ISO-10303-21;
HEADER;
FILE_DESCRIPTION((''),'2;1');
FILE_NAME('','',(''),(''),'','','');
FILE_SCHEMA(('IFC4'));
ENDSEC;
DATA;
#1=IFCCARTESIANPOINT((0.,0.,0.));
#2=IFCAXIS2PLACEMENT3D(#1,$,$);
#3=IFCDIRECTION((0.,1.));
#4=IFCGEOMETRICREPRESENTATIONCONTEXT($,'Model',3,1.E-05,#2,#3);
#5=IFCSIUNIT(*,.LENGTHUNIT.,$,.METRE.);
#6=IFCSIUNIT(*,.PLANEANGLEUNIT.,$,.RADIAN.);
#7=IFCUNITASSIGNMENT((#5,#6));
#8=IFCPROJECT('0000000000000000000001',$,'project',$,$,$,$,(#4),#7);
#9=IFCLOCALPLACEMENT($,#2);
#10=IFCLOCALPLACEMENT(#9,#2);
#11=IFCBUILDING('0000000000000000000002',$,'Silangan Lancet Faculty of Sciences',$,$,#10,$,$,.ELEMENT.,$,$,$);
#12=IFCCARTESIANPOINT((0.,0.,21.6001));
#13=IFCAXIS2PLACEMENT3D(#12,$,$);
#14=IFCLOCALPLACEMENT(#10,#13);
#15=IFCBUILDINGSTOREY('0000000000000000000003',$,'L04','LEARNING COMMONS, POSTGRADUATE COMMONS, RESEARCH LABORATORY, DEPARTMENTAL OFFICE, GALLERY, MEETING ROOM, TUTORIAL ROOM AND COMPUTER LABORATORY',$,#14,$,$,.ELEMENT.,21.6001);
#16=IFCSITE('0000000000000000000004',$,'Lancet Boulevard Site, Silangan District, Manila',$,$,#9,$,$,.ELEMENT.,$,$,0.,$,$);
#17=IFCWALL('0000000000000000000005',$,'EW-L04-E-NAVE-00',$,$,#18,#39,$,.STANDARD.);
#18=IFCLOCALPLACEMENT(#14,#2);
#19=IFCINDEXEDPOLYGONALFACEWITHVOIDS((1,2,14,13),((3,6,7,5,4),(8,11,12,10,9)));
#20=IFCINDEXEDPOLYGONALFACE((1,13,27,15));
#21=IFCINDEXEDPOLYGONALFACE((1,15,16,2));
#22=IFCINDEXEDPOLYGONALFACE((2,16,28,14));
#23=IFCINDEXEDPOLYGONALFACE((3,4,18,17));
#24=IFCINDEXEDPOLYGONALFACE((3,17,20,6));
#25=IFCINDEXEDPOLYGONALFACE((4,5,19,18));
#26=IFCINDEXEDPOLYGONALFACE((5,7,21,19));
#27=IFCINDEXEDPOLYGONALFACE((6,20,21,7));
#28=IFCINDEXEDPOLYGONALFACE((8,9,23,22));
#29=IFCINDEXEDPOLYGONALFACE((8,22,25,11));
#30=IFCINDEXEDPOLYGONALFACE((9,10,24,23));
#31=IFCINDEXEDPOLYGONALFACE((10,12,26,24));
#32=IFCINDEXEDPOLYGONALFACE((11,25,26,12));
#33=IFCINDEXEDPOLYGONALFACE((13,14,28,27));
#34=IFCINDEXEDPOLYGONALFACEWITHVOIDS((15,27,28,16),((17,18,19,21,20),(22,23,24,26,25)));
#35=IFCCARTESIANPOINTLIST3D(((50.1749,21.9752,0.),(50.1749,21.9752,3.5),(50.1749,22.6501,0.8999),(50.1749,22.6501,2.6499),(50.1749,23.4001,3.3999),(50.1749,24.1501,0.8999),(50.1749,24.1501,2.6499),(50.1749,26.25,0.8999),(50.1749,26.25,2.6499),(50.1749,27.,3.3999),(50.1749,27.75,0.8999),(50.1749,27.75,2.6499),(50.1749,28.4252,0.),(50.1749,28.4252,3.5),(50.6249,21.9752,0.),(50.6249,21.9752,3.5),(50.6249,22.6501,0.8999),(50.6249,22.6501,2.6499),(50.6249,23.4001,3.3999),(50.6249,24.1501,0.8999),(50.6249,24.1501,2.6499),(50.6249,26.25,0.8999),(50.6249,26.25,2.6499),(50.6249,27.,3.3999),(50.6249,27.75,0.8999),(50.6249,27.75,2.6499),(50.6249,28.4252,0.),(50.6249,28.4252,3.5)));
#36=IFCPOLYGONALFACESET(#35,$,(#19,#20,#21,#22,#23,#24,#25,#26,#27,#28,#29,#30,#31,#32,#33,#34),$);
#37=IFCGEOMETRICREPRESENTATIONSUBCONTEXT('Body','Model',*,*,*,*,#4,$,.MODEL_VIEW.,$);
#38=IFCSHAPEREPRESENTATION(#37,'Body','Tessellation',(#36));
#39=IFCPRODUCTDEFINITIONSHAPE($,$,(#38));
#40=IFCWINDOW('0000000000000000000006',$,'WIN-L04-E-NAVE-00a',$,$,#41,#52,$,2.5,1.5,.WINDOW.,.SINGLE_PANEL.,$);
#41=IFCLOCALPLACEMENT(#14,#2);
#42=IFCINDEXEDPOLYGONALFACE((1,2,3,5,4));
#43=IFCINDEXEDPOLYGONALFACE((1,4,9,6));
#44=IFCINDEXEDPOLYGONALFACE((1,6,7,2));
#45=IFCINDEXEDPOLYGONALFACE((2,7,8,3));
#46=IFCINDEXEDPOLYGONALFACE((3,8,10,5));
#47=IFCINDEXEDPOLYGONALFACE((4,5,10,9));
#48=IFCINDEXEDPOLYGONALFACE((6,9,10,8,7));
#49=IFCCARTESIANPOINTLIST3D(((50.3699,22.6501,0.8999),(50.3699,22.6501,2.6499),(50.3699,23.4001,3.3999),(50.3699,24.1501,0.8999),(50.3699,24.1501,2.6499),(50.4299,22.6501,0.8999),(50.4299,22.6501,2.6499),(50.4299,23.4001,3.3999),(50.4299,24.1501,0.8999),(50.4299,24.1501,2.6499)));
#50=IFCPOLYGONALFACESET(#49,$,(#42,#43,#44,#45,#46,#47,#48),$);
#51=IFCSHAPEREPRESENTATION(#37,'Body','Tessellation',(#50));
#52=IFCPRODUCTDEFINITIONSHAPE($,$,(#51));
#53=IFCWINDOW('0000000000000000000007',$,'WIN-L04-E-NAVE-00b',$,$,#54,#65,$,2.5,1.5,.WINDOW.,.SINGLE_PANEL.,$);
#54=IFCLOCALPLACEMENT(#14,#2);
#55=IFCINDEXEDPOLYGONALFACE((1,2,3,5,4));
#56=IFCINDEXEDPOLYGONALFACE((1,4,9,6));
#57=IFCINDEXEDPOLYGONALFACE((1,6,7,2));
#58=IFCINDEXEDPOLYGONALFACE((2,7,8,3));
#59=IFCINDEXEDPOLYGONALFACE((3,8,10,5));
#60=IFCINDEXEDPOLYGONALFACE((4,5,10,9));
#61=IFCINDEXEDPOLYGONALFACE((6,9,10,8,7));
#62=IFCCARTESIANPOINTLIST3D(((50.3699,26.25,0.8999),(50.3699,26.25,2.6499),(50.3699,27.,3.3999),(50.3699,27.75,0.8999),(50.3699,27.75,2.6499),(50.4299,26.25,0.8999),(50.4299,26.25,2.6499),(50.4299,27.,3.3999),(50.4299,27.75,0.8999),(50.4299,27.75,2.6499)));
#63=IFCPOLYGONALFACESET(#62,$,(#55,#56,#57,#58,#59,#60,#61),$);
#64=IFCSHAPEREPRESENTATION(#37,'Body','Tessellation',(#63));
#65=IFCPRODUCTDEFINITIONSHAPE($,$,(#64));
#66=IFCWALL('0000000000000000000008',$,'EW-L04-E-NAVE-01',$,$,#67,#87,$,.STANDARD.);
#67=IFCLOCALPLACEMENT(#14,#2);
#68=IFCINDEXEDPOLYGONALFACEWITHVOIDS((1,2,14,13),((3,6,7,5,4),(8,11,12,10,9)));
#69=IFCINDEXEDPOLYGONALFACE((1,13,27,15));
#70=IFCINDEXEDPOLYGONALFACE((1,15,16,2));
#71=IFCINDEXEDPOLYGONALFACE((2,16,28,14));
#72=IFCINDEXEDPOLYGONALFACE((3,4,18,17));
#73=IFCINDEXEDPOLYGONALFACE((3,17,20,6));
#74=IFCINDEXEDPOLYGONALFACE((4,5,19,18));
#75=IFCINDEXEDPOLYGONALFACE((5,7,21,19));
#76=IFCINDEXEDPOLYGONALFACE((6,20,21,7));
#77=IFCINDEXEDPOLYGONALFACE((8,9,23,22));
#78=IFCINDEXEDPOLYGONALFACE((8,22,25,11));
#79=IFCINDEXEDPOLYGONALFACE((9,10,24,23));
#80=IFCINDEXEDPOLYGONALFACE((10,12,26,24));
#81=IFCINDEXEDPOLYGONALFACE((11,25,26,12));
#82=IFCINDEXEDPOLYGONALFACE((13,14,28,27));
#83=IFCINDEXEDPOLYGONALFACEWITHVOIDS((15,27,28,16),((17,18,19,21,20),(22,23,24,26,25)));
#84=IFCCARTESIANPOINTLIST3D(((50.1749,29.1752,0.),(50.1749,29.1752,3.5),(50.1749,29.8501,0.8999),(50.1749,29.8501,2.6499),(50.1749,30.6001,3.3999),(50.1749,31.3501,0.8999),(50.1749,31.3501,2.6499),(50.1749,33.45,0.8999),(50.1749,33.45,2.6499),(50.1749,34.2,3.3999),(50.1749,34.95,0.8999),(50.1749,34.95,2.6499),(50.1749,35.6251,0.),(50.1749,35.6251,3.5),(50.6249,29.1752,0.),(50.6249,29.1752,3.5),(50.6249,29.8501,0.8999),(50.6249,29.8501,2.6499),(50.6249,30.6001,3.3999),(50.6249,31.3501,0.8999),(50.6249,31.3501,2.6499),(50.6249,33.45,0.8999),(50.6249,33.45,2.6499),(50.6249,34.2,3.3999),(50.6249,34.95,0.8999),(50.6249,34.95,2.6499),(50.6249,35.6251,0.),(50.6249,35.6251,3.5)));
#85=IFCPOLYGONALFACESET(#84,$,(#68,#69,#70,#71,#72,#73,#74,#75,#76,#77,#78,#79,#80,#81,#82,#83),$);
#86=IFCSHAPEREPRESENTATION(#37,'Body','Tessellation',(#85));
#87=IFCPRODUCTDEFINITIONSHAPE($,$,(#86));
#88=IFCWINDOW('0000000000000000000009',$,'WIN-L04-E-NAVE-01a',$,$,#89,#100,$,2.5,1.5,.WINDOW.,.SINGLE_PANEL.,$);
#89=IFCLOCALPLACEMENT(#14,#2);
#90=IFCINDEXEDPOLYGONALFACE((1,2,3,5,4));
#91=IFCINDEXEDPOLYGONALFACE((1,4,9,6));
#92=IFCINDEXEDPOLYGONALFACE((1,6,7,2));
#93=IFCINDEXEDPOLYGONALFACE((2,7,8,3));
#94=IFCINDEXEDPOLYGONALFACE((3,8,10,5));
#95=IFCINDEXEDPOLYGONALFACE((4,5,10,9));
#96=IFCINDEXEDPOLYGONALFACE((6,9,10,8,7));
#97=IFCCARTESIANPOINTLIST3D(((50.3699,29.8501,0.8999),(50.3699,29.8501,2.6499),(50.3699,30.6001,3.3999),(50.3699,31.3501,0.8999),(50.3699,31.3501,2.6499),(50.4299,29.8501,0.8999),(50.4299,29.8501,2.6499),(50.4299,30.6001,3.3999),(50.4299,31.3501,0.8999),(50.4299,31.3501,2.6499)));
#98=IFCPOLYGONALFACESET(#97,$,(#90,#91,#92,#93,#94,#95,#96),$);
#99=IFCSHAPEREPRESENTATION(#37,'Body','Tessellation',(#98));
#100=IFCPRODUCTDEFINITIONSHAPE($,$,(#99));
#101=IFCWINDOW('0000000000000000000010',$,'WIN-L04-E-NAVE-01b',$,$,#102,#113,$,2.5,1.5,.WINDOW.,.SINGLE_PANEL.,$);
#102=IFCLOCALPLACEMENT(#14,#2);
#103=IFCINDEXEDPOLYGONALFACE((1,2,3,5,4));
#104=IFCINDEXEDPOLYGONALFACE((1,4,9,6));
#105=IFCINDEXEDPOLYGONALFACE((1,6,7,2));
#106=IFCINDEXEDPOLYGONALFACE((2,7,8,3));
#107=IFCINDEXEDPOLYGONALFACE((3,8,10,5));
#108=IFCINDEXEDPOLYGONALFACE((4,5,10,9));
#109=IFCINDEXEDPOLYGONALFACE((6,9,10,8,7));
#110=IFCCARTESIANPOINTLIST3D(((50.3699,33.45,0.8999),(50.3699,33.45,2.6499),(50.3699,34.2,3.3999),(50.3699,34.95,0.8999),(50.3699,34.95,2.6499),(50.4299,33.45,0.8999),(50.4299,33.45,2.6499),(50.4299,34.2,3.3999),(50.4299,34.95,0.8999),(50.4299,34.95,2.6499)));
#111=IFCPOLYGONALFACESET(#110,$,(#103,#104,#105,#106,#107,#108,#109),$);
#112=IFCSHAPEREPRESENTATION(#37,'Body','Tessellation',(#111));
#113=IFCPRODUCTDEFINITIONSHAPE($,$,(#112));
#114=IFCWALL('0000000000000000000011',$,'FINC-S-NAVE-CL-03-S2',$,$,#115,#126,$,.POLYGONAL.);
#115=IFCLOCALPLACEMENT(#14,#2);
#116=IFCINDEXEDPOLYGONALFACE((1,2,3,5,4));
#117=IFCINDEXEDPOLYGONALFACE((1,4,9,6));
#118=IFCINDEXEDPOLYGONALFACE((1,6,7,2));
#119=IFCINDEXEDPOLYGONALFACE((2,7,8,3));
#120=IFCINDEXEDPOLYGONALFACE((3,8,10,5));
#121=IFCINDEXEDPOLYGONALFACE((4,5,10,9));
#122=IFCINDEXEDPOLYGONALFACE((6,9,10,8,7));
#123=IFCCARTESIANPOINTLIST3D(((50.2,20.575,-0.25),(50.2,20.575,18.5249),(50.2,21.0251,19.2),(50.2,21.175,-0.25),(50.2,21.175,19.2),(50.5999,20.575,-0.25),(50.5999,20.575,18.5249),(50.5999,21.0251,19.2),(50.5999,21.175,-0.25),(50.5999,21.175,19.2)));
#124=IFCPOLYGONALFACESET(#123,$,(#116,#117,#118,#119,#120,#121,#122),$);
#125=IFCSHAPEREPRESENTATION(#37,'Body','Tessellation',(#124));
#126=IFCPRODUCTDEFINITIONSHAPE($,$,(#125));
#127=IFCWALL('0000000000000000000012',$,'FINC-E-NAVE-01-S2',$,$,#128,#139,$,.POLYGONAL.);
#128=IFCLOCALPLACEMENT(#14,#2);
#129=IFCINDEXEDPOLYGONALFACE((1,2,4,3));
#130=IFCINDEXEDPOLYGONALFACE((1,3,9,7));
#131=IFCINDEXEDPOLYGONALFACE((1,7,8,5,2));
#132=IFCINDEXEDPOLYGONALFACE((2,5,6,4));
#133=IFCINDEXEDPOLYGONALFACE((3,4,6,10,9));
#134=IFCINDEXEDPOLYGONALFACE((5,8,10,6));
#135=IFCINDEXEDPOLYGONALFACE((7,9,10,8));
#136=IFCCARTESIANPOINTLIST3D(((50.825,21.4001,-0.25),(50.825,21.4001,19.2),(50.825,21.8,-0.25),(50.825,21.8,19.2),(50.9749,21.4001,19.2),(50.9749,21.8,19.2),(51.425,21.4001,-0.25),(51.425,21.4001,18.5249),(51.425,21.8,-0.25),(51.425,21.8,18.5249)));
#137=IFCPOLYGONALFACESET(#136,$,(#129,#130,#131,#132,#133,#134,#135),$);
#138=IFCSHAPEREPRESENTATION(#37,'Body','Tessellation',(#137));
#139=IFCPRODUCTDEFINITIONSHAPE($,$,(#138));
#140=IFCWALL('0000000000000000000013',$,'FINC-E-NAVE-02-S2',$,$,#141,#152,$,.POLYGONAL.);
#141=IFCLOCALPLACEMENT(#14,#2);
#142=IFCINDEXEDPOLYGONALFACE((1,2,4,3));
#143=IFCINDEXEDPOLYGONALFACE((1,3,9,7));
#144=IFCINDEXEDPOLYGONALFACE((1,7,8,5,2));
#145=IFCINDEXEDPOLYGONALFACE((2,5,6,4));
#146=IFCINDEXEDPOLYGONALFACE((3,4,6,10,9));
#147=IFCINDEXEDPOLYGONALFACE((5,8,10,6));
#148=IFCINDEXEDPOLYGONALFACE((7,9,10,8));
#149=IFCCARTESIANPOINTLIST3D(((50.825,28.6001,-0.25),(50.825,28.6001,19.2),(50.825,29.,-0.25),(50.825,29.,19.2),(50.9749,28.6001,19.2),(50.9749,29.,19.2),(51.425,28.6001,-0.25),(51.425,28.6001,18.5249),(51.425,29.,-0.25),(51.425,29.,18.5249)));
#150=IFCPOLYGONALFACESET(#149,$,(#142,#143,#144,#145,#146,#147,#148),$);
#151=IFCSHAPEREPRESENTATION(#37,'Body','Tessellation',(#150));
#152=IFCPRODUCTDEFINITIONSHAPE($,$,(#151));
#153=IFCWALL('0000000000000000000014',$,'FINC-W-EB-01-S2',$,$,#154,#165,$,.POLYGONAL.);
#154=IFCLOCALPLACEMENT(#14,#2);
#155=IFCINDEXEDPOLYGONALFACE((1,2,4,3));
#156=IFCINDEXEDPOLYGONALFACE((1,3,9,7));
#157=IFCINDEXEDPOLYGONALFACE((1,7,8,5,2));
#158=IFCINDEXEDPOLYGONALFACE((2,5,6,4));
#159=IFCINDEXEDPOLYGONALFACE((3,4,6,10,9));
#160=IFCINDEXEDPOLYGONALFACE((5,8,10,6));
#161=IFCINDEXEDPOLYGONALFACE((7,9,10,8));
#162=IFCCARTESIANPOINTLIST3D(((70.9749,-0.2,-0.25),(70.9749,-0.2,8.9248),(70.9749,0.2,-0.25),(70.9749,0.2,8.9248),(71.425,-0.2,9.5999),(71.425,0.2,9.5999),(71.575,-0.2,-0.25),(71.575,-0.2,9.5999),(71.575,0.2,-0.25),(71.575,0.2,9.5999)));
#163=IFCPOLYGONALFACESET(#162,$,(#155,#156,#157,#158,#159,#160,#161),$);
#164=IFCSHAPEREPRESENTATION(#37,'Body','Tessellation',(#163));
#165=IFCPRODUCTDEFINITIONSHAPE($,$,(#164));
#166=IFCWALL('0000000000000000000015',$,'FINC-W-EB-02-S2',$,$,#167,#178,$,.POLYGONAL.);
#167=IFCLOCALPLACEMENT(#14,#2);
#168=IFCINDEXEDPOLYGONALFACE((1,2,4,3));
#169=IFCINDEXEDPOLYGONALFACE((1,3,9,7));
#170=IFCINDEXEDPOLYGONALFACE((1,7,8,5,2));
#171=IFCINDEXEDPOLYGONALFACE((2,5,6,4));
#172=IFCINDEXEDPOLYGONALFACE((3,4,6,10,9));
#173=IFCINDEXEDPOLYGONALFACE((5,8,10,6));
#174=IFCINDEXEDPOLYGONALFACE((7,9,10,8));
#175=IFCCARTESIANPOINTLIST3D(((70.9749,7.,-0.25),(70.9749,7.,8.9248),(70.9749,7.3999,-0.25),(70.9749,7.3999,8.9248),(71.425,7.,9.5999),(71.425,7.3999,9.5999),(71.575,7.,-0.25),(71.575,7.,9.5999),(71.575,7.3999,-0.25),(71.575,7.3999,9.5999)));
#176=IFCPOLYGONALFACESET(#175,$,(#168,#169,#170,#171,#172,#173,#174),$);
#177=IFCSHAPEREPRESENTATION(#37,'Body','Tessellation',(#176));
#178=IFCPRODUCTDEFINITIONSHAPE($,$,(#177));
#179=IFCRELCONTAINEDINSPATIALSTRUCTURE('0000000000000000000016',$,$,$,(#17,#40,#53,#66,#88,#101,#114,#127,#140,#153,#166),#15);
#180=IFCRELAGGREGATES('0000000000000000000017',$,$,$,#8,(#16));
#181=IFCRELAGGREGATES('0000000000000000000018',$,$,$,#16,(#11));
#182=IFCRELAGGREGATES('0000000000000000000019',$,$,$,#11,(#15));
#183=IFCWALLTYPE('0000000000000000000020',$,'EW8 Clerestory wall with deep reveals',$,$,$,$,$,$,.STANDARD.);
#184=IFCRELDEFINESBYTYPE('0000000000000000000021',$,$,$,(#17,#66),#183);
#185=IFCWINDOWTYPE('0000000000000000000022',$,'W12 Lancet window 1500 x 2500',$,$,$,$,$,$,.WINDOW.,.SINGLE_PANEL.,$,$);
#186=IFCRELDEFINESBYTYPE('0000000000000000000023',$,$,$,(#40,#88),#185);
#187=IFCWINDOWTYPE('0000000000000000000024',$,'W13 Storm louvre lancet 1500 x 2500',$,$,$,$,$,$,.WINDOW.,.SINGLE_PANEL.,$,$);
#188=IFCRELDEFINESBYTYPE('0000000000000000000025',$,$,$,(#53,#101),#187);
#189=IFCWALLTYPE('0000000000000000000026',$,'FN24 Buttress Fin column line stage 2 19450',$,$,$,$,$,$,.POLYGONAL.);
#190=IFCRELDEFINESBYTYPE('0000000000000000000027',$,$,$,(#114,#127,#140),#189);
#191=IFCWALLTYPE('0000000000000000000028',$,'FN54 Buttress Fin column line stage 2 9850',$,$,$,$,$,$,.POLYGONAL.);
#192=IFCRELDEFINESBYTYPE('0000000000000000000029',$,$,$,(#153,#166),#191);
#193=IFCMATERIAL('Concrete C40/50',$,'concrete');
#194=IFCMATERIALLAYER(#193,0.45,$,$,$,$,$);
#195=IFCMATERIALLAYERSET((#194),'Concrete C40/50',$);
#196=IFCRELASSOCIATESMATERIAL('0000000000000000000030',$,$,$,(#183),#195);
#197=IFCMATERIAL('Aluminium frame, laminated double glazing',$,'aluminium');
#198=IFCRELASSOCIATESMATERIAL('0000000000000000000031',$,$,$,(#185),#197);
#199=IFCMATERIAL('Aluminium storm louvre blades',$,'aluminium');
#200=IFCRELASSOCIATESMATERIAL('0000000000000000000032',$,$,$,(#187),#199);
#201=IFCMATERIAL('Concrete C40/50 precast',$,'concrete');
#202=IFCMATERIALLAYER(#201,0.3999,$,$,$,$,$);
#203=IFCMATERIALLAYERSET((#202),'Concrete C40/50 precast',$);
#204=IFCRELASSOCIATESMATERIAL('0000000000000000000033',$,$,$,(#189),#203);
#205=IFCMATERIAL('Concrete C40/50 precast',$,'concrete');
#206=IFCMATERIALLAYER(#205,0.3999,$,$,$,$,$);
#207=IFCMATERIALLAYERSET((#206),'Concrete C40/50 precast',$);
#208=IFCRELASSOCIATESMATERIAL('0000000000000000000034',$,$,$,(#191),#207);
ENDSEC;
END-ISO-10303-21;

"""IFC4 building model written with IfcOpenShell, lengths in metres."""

from ifc_helpers import new_model, si_unit, direction, frame, frame_2d, origin, place, context, subcontext, project, spatial, polyline, rectangle, outline, extrude, material, layer, layer_set, type_object, element, fill, save


model = new_model("IFC4")

# Units and contexts
model_context = context("Model", 3, precision=1e-05, world=origin(), true_north=direction((0.0, 1.0)))
body_context = subcontext(model_context, "Body", "Model", "MODEL_VIEW")
ifc_project = project(units=[si_unit("LENGTHUNIT", "METRE"), si_unit("PLANEANGLEUNIT", "RADIAN")], contexts=[model_context])

# Site, building, storey
site_placement = place(None, origin())
site = spatial("IfcSite", under=ifc_project, at=site_placement, Name="Lancet Boulevard Site, Silangan District, Manila", CompositionType="ELEMENT", RefElevation=0.0)
building_placement = place(site_placement, origin())
building = spatial("IfcBuilding", under=site, at=building_placement, Name="Silangan Lancet Faculty of Sciences", CompositionType="ELEMENT")
storey_placement = place(building_placement, frame((0.0, 0.0, 21.6001)))
storey = spatial("IfcBuildingStorey", under=building, at=storey_placement, Name="L04", Description="LEARNING COMMONS, POSTGRADUATE COMMONS, RESEARCH LABORATORY, DEPARTMENTAL OFFICE, GALLERY, MEETING ROOM, TUTORIAL ROOM AND COMPUTER LABORATORY", CompositionType="ELEMENT", Elevation=21.6001)

# Walls, openings, windows
ifc_material_1 = material(Name="Concrete C40/50", Category="concrete")
ifc_layer_1 = layer(ifc_material_1, 0.45)
ifc_layer_set_1 = layer_set([ifc_layer_1], Name="Concrete C40/50")
wall_type_1 = type_object("IfcWallType", Name="EW8 Clerestory wall with deep reveals", PredefinedType="STANDARD", material=ifc_layer_set_1)
wall_1_placement = place(storey_placement, frame((50.3999, 21.9751, 0.0), z_axis=(0.0, 0.0, 1.0), x_axis=(0.0, 1.0, 0.0)))
wall_1 = element("IfcWall", 1, at=wall_1_placement, inside=storey, type_object=wall_type_1, Name="EW-L04-E-NAVE-00", PredefinedType="STANDARD", context=body_context, shape_type="SweptSolid", body=[
    extrude(rectangle(XDim=6.45, YDim=0.45, at=frame_2d((3.2251, 0.0))), origin(), (0.0, 0.0, 1.0), 3.5),
])
opening_1_placement = place(wall_1_placement, frame((0.675, 0.0, 0.8999)))
opening_1 = element("IfcOpeningElement", 2, at=opening_1_placement, cuts=wall_1, PredefinedType="OPENING", context=body_context, shape_type="SweptSolid", body=[
    extrude(outline(polyline([(0.0, 0.0), (1.5, 0.0), (1.5, 1.75), (0.75, 2.5), (0.0, 1.75), (0.0, 0.0)])), frame((0.0, 0.2349, 0.0), z_axis=(0.0, -1.0, 0.0), x_axis=(1.0, 0.0, 0.0)), (0.0, 0.0, 1.0), 0.47),
])
opening_2_placement = place(wall_1_placement, frame((4.2749, 0.0, 0.8999)))
opening_2 = element("IfcOpeningElement", 3, at=opening_2_placement, cuts=wall_1, PredefinedType="OPENING", context=body_context, shape_type="SweptSolid", body=[
    extrude(outline(polyline([(0.0, 0.0), (1.5, 0.0), (1.5, 1.75), (0.75, 2.5), (0.0, 1.75), (0.0, 0.0)])), frame((0.0, 0.2349, 0.0), z_axis=(0.0, -1.0, 0.0), x_axis=(1.0, 0.0, 0.0)), (0.0, 0.0, 1.0), 0.47),
])
ifc_material_2 = material(Name="Aluminium frame, laminated double glazing", Category="aluminium")
window_type_1 = type_object("IfcWindowType", Name="W12 Lancet window 1500 x 2500", PartitioningType="SINGLE_PANEL", PredefinedType="WINDOW", material=ifc_material_2)
window_1_placement = place(opening_1_placement, origin())
window_1 = element("IfcWindow", 4, at=window_1_placement, inside=storey, type_object=window_type_1, Name="WIN-L04-E-NAVE-00a", OverallHeight=2.5, OverallWidth=1.5, PartitioningType="SINGLE_PANEL", PredefinedType="WINDOW", context=body_context, shape_type="SweptSolid", body=[
    extrude(outline(polyline([(0.0, 0.0), (1.5, 0.0), (1.5, 1.75), (0.75, 2.5), (0.0, 1.75), (0.0, 0.0)])), frame((0.0, 0.03, 0.0), z_axis=(0.0, -1.0, 0.0), x_axis=(1.0, 0.0, 0.0)), (0.0, 0.0, 1.0), 0.0601),
])
fill(opening_1, window_1)
ifc_material_3 = material(Name="Aluminium storm louvre blades", Category="aluminium")
window_type_2 = type_object("IfcWindowType", Name="W13 Storm louvre lancet 1500 x 2500", PartitioningType="SINGLE_PANEL", PredefinedType="WINDOW", material=ifc_material_3)
window_2_placement = place(opening_2_placement, origin())
window_2 = element("IfcWindow", 5, at=window_2_placement, inside=storey, type_object=window_type_2, Name="WIN-L04-E-NAVE-00b", OverallHeight=2.5, OverallWidth=1.5, PartitioningType="SINGLE_PANEL", PredefinedType="WINDOW", context=body_context, shape_type="SweptSolid", body=[
    extrude(outline(polyline([(0.0, 0.0), (1.5, 0.0), (1.5, 1.75), (0.75, 2.5), (0.0, 1.75), (0.0, 0.0)])), frame((0.0, 0.03, 0.0), z_axis=(0.0, -1.0, 0.0), x_axis=(1.0, 0.0, 0.0)), (0.0, 0.0, 1.0), 0.0601),
])
fill(opening_2, window_2)
wall_2_placement = place(storey_placement, frame((50.3999, 29.175, 0.0), z_axis=(0.0, 0.0, 1.0), x_axis=(0.0, 1.0, 0.0)))
wall_2 = element("IfcWall", 6, at=wall_2_placement, inside=storey, type_object=wall_type_1, Name="EW-L04-E-NAVE-01", PredefinedType="STANDARD", context=body_context, shape_type="SweptSolid", body=[
    extrude(rectangle(XDim=6.45, YDim=0.45, at=frame_2d((3.2251, 0.0))), origin(), (0.0, 0.0, 1.0), 3.5),
])
opening_3_placement = place(wall_2_placement, frame((0.675, 0.0, 0.8999)))
opening_3 = element("IfcOpeningElement", 7, at=opening_3_placement, cuts=wall_2, PredefinedType="OPENING", context=body_context, shape_type="SweptSolid", body=[
    extrude(outline(polyline([(0.0, 0.0), (1.5, 0.0), (1.5, 1.75), (0.75, 2.5), (0.0, 1.75), (0.0, 0.0)])), frame((0.0, 0.2349, 0.0), z_axis=(0.0, -1.0, 0.0), x_axis=(1.0, 0.0, 0.0)), (0.0, 0.0, 1.0), 0.47),
])
opening_4_placement = place(wall_2_placement, frame((4.2749, 0.0, 0.8999)))
opening_4 = element("IfcOpeningElement", 8, at=opening_4_placement, cuts=wall_2, PredefinedType="OPENING", context=body_context, shape_type="SweptSolid", body=[
    extrude(outline(polyline([(0.0, 0.0), (1.5, 0.0), (1.5, 1.75), (0.75, 2.5), (0.0, 1.75), (0.0, 0.0)])), frame((0.0, 0.2349, 0.0), z_axis=(0.0, -1.0, 0.0), x_axis=(1.0, 0.0, 0.0)), (0.0, 0.0, 1.0), 0.47),
])
window_3_placement = place(opening_3_placement, origin())
window_3 = element("IfcWindow", 9, at=window_3_placement, inside=storey, type_object=window_type_1, Name="WIN-L04-E-NAVE-01a", OverallHeight=2.5, OverallWidth=1.5, PartitioningType="SINGLE_PANEL", PredefinedType="WINDOW", context=body_context, shape_type="SweptSolid", body=[
    extrude(outline(polyline([(0.0, 0.0), (1.5, 0.0), (1.5, 1.75), (0.75, 2.5), (0.0, 1.75), (0.0, 0.0)])), frame((0.0, 0.03, 0.0), z_axis=(0.0, -1.0, 0.0), x_axis=(1.0, 0.0, 0.0)), (0.0, 0.0, 1.0), 0.0601),
])
fill(opening_3, window_3)
window_4_placement = place(opening_4_placement, origin())
window_4 = element("IfcWindow", 10, at=window_4_placement, inside=storey, type_object=window_type_2, Name="WIN-L04-E-NAVE-01b", OverallHeight=2.5, OverallWidth=1.5, PartitioningType="SINGLE_PANEL", PredefinedType="WINDOW", context=body_context, shape_type="SweptSolid", body=[
    extrude(outline(polyline([(0.0, 0.0), (1.5, 0.0), (1.5, 1.75), (0.75, 2.5), (0.0, 1.75), (0.0, 0.0)])), frame((0.0, 0.03, 0.0), z_axis=(0.0, -1.0, 0.0), x_axis=(1.0, 0.0, 0.0)), (0.0, 0.0, 1.0), 0.0601),
])
fill(opening_4, window_4)

# Walls
ifc_material_4 = material(Name="Concrete C40/50 precast", Category="concrete")
ifc_layer_2 = layer(ifc_material_4, 0.3999)
ifc_layer_set_2 = layer_set([ifc_layer_2], Name="Concrete C40/50 precast")
wall_type_2 = type_object("IfcWallType", Name="FN24 Buttress Fin column line stage 2 19450", PredefinedType="POLYGONAL", material=ifc_layer_set_2)
for number, where, z_axis, x_axis, name in (
    (11, (50.3999, 21.175, -0.25), (0.0, 0.0, 1.0), (0.0, -1.0, 0.0), "FINC-S-NAVE-CL-03-S2"),
    (12, (50.825, 21.6001, -0.25), (0.0, 0.0, 1.0), (1.0, 0.0, 0.0), "FINC-E-NAVE-01-S2"),
    (13, (50.825, 28.8, -0.25), (0.0, 0.0, 1.0), (1.0, 0.0, 0.0), "FINC-E-NAVE-02-S2"),
):
    element("IfcWall", number, at=place(storey_placement, frame(where, z_axis=z_axis, x_axis=x_axis)), inside=storey, type_object=wall_type_2, Name=name, PredefinedType="POLYGONAL", context=body_context, shape_type="SweptSolid", body=[
        extrude(outline(polyline([(0.6001, 0.0), (0.6001, 18.7749), (0.1499, 19.45), (0.0, 19.45), (0.0, 0.0), (0.6001, 0.0)])), frame((0.0, 0.2, 0.0), z_axis=(0.0, -1.0, 0.0), x_axis=(1.0, 0.0, 0.0)), (0.0, 0.0, 1.0), 0.3999),
    ])
ifc_material_5 = material(Name="Concrete C40/50 precast", Category="concrete")
ifc_layer_3 = layer(ifc_material_5, 0.3999)
ifc_layer_set_3 = layer_set([ifc_layer_3], Name="Concrete C40/50 precast")
wall_type_3 = type_object("IfcWallType", Name="FN54 Buttress Fin column line stage 2 9850", PredefinedType="POLYGONAL", material=ifc_layer_set_3)
for number, where, z_axis, x_axis, name in (
    (14, (71.575, 0.0, -0.25), (0.0, 0.0, 1.0), (-1.0, 0.0, 0.0), "FINC-W-EB-01-S2"),
    (15, (71.575, 7.2, -0.25), (0.0, 0.0, 1.0), (-1.0, 0.0, 0.0), "FINC-W-EB-02-S2"),
):
    element("IfcWall", number, at=place(storey_placement, frame(where, z_axis=z_axis, x_axis=x_axis)), inside=storey, type_object=wall_type_3, Name=name, PredefinedType="POLYGONAL", context=body_context, shape_type="SweptSolid", body=[
        extrude(outline(polyline([(0.6001, 0.0), (0.6001, 9.1748), (0.1499, 9.8499), (0.0, 9.8499), (0.0, 0.0), (0.6001, 0.0)])), frame((0.0, 0.2, 0.0), z_axis=(0.0, -1.0, 0.0), x_axis=(1.0, 0.0, 0.0)), (0.0, 0.0, 1.0), 0.3999),
    ])

save(model, "model.ifc")
